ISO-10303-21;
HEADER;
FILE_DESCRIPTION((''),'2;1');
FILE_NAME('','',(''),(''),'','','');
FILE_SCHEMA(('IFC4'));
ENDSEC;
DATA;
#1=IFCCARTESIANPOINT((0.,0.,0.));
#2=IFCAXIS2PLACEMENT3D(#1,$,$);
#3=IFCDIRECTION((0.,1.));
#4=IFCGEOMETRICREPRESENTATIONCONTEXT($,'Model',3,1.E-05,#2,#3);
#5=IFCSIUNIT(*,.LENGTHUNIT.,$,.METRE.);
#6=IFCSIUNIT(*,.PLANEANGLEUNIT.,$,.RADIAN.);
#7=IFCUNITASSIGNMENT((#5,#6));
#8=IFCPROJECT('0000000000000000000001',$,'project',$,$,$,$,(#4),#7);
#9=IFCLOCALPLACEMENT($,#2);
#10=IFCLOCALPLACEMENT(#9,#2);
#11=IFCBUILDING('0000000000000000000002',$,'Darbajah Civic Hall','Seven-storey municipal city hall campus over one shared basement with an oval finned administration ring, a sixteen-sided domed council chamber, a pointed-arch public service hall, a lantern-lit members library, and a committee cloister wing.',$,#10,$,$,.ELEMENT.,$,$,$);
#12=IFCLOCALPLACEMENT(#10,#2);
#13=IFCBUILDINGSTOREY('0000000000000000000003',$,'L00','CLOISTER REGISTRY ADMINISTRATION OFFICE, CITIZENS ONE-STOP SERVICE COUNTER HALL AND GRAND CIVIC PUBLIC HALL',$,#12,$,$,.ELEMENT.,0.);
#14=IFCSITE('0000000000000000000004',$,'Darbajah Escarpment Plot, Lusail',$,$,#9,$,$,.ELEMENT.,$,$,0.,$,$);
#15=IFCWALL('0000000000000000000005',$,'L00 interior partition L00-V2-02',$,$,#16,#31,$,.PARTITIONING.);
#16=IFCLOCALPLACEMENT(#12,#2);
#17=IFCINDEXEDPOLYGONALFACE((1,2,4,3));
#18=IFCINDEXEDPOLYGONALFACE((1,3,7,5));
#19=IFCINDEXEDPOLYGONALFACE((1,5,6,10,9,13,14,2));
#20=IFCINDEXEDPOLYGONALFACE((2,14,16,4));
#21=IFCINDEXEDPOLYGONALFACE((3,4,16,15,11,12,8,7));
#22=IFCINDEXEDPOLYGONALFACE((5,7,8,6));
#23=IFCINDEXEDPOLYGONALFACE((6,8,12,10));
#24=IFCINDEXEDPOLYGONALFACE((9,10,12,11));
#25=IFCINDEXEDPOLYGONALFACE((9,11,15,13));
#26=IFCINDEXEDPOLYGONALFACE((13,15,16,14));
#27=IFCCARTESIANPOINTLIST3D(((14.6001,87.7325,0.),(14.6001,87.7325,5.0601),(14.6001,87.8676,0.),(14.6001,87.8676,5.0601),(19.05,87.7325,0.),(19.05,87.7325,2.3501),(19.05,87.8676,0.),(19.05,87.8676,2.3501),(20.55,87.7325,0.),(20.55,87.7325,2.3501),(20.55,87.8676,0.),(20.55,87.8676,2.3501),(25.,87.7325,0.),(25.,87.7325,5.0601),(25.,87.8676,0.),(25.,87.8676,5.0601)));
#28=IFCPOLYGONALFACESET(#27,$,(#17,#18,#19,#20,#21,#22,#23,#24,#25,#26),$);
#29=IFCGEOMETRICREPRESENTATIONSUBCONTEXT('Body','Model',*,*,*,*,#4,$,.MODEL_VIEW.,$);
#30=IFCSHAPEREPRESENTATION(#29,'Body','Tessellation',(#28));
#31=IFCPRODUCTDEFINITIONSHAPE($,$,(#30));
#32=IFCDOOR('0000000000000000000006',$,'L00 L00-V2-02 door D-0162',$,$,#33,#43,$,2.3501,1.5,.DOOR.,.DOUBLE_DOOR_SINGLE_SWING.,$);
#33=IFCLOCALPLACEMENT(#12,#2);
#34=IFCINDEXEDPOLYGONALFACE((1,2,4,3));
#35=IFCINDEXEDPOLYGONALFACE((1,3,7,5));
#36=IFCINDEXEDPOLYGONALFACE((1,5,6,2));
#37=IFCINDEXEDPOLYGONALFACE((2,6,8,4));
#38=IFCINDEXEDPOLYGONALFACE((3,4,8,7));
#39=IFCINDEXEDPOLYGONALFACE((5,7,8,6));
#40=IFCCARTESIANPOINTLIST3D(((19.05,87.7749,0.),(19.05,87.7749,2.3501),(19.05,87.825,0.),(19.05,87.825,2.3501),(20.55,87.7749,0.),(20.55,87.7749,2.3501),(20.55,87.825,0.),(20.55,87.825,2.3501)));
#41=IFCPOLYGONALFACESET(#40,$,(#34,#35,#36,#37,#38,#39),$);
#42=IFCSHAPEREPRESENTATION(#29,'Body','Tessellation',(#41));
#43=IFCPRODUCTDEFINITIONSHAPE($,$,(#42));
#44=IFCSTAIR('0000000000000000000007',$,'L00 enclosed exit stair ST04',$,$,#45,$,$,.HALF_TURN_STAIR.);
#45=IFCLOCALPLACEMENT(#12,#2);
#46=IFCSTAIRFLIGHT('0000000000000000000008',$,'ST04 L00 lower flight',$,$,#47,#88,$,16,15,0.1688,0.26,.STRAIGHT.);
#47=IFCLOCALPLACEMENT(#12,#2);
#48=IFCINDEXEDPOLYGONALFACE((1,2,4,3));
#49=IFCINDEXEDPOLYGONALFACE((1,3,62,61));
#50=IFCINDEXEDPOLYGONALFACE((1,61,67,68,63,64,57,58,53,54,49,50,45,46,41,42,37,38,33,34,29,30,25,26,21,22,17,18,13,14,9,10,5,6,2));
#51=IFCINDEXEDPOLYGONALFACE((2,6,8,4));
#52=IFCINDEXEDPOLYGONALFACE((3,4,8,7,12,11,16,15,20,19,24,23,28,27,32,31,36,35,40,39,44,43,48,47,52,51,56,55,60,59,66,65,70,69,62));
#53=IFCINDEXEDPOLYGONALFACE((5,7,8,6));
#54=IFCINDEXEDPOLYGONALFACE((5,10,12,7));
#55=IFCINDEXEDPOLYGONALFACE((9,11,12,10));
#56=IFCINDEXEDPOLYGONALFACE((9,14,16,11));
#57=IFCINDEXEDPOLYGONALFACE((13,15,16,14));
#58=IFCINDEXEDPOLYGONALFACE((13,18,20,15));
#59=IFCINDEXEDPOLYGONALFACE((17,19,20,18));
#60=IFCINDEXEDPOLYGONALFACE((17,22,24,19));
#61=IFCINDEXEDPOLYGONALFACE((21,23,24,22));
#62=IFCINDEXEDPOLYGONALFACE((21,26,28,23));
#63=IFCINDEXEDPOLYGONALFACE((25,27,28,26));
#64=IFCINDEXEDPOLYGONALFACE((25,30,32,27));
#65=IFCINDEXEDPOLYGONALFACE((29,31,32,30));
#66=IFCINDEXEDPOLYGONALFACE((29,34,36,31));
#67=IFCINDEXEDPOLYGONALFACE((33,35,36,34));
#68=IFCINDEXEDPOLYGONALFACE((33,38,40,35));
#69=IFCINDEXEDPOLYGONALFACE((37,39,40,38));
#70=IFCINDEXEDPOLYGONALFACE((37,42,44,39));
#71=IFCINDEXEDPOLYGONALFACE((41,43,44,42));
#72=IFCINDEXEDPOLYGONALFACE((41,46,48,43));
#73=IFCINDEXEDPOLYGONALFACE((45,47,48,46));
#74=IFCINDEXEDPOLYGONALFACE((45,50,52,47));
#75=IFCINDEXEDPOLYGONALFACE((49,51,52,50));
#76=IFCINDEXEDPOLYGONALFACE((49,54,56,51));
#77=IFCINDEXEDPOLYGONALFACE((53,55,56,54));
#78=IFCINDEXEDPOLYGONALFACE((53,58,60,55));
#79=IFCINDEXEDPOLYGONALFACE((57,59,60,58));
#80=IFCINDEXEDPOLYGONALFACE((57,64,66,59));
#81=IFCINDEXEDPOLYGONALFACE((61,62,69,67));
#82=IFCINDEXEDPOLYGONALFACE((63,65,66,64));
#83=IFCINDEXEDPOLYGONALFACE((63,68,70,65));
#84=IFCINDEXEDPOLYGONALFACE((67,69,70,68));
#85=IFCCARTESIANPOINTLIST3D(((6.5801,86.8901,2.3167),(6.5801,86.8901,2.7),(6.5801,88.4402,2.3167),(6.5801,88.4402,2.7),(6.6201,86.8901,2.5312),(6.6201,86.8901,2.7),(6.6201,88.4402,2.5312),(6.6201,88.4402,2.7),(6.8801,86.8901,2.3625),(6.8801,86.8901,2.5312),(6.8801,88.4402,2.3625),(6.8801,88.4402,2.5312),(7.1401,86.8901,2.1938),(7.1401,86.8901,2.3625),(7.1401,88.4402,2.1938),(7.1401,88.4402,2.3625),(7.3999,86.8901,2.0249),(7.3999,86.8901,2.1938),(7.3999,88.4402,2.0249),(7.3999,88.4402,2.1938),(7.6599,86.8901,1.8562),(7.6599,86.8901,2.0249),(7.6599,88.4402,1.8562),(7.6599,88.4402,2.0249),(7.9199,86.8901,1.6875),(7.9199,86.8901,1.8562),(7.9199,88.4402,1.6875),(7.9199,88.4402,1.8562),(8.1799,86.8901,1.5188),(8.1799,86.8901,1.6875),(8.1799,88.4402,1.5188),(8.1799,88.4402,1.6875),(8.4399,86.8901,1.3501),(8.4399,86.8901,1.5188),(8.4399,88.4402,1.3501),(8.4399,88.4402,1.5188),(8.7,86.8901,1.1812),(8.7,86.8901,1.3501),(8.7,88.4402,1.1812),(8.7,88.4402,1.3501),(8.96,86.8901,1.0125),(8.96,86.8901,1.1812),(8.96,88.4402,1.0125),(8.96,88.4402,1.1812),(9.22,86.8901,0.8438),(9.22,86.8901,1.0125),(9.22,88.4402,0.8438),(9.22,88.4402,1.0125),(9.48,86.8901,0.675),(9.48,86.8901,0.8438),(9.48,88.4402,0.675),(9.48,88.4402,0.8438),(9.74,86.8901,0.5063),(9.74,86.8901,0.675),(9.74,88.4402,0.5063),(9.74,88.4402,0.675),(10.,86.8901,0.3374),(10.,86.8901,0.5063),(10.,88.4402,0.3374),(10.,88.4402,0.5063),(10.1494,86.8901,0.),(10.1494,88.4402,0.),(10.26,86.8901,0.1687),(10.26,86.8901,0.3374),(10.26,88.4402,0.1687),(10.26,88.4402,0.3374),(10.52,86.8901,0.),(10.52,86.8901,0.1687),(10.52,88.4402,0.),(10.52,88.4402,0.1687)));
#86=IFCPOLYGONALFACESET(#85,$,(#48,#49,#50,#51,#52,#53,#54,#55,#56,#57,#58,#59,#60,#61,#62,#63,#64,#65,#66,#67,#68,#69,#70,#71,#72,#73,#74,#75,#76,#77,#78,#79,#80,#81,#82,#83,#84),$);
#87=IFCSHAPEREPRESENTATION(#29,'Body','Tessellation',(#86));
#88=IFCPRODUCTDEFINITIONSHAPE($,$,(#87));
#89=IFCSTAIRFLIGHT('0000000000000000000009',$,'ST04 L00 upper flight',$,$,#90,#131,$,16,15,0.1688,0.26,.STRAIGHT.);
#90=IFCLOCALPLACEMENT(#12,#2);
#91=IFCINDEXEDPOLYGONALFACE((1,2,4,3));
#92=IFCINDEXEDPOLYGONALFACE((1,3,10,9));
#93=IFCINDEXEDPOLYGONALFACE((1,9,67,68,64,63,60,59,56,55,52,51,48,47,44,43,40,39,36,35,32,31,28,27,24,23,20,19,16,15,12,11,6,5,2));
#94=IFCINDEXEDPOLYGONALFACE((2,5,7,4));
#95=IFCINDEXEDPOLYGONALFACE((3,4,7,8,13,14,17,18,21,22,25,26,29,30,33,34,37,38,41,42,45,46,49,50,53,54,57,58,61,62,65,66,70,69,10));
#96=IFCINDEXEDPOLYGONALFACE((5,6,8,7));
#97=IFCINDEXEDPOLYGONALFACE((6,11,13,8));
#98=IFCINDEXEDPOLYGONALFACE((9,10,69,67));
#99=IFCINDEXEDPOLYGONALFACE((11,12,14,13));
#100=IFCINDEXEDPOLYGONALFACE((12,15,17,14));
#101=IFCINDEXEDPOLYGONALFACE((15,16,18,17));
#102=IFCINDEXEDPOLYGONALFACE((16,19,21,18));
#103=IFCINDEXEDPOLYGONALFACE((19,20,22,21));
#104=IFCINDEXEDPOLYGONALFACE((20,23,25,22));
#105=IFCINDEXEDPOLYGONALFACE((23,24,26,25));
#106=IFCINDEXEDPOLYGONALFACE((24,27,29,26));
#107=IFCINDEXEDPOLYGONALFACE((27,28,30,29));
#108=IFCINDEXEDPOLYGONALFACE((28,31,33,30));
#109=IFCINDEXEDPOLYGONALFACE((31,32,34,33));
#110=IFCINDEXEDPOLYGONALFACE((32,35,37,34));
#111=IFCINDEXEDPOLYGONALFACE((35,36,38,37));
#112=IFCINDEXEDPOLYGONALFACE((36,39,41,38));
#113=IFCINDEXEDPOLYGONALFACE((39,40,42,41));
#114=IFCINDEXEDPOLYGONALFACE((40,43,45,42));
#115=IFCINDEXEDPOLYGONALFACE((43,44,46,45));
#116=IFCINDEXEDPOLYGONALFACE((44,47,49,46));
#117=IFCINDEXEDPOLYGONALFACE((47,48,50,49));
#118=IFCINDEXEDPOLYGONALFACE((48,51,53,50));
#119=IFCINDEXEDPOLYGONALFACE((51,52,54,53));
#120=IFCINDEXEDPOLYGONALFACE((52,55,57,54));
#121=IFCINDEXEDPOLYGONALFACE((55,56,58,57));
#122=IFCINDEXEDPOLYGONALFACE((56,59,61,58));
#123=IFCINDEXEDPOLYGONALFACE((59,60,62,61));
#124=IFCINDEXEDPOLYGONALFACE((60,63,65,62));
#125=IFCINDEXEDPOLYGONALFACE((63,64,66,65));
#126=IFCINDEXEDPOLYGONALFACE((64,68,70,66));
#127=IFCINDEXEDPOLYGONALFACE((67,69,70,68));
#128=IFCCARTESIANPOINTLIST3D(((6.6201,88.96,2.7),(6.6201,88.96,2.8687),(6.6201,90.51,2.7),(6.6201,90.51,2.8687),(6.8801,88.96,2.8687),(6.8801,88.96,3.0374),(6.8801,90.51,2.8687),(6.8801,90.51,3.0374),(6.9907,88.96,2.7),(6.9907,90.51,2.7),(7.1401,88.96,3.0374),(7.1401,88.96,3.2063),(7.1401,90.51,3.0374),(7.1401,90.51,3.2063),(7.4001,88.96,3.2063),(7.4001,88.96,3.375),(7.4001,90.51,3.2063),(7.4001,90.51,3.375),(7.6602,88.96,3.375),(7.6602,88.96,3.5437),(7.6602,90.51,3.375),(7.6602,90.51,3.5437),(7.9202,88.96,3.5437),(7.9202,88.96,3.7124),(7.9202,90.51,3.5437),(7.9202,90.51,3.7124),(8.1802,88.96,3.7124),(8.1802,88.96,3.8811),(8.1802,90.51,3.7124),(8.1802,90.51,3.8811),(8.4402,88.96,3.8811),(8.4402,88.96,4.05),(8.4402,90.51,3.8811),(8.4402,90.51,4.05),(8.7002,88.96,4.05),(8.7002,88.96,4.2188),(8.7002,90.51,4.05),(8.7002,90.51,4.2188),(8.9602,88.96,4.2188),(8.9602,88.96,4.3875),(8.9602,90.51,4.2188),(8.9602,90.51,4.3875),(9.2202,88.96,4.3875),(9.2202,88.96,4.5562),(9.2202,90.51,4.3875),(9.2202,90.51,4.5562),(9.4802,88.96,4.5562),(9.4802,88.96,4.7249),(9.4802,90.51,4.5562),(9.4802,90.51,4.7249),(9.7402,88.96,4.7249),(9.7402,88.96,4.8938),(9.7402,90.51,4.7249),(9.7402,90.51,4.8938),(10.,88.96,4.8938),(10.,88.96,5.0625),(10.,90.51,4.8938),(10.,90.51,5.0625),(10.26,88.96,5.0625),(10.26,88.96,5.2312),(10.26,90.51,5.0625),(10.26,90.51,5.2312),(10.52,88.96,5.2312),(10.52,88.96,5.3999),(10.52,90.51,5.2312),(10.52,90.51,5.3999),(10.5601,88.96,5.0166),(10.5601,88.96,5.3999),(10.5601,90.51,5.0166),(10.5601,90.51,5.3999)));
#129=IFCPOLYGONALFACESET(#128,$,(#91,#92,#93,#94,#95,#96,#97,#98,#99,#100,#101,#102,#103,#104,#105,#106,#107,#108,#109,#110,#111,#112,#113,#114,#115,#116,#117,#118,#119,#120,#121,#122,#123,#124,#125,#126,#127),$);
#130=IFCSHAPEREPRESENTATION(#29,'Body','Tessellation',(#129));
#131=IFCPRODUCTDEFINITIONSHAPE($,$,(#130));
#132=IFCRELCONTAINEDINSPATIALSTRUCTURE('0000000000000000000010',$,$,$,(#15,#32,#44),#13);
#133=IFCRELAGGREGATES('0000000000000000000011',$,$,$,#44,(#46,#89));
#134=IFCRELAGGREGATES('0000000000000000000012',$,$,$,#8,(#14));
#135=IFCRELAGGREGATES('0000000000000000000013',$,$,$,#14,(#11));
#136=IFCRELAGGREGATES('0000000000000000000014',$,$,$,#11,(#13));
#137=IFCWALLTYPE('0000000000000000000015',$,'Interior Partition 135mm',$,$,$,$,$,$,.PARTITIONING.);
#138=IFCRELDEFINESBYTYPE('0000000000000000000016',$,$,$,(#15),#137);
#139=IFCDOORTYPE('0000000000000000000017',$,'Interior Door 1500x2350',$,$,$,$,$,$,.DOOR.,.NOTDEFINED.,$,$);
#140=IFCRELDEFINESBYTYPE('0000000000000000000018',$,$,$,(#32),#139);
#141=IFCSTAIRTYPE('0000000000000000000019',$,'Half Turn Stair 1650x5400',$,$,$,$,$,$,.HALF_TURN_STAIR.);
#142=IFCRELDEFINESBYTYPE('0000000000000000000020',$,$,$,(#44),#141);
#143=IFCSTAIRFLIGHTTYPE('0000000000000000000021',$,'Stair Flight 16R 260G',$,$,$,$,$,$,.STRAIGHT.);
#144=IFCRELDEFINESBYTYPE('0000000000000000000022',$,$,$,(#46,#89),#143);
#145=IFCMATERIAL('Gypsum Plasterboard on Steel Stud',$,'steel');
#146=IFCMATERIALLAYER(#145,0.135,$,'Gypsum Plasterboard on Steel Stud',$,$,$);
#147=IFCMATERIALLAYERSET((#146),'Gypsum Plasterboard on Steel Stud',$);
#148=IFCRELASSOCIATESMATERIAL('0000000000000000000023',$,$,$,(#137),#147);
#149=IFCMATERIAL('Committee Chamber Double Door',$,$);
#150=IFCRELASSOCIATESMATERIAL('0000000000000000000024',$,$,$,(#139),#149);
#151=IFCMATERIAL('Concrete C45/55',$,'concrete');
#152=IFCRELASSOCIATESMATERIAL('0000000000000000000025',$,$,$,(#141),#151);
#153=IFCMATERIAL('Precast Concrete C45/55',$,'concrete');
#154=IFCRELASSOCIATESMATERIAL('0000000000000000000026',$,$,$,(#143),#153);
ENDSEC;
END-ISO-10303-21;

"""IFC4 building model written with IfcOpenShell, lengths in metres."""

from ifc_helpers import new_model, si_unit, direction, frame, frame_2d, origin, place, context, subcontext, project, spatial, polyline, rectangle, outline, extrude, material, layer, layer_set, type_object, element, fill, aggregate, save


model = new_model("IFC4")

# Units and contexts
model_context = context("Model", 3, precision=1e-05, world=origin(), true_north=direction((0.0, 1.0)))
body_context = subcontext(model_context, "Body", "Model", "MODEL_VIEW")
ifc_project = project(units=[si_unit("LENGTHUNIT", "METRE"), si_unit("PLANEANGLEUNIT", "RADIAN")], contexts=[model_context])

# Site, building, storey
site_placement = place(None, origin())
site = spatial("IfcSite", under=ifc_project, at=site_placement, Name="Darbajah Escarpment Plot, Lusail", CompositionType="ELEMENT", RefElevation=0.0)
building_placement = place(site_placement, origin())
building = spatial("IfcBuilding", under=site, at=building_placement, Name="Darbajah Civic Hall", Description="Seven-storey municipal city hall campus over one shared basement with an oval finned administration ring, a sixteen-sided domed council chamber, a pointed-arch public service hall, a lantern-lit members library, and a committee cloister wing.", CompositionType="ELEMENT")
storey_placement = place(building_placement, origin())
storey = spatial("IfcBuildingStorey", under=building, at=storey_placement, Name="L00", Description="CLOISTER REGISTRY ADMINISTRATION OFFICE, CITIZENS ONE-STOP SERVICE COUNTER HALL AND GRAND CIVIC PUBLIC HALL", CompositionType="ELEMENT", Elevation=0.0)

# Shared definitions
ifc_material_1 = material(Name="Concrete C45/55", Category="concrete")

# Wall, opening, door
ifc_material_2 = material(Name="Gypsum Plasterboard on Steel Stud", Category="steel")
ifc_layer_1 = layer(ifc_material_2, 0.135, Name="Gypsum Plasterboard on Steel Stud")
ifc_layer_set_1 = layer_set([ifc_layer_1], Name="Gypsum Plasterboard on Steel Stud")
wall_type_1 = type_object("IfcWallType", Name="Interior Partition 135mm", PredefinedType="PARTITIONING", material=ifc_layer_set_1)
wall_1_placement = place(storey_placement, frame((14.6001, 87.8, 0.0), z_axis=(0.0, 0.0, 1.0), x_axis=(1.0, 0.0, 0.0)))
wall_1 = element("IfcWall", 1, at=wall_1_placement, inside=storey, type_object=wall_type_1, Name="L00 interior partition L00-V2-02", PredefinedType="PARTITIONING", context=body_context, shape_type="SweptSolid", body=[
    extrude(rectangle(XDim=10.3999, YDim=0.135, at=frame_2d((5.2, 0.0))), origin(), (0.0, 0.0, 1.0), 5.0601),
])
opening_1_placement = place(wall_1_placement, frame((4.45, 0.0, 0.0)))
opening_1 = element("IfcOpeningElement", 2, at=opening_1_placement, cuts=wall_1, PredefinedType="OPENING", context=body_context, shape_type="SweptSolid", body=[
    extrude(rectangle(XDim=1.5, YDim=2.3501, at=frame_2d((0.75, 1.175))), frame((0.0, 0.0774, 0.0), z_axis=(0.0, -1.0, 0.0), x_axis=(1.0, 0.0, 0.0)), (0.0, 0.0, 1.0), 0.155),
])
ifc_material_3 = material(Name="Committee Chamber Double Door")
door_type_1 = type_object("IfcDoorType", Name="Interior Door 1500x2350", OperationType="NOTDEFINED", PredefinedType="DOOR", material=ifc_material_3)
door_1_placement = place(opening_1_placement, origin())
door_1 = element("IfcDoor", 3, at=door_1_placement, inside=storey, type_object=door_type_1, Name="L00 L00-V2-02 door D-0162", OperationType="DOUBLE_DOOR_SINGLE_SWING", OverallHeight=2.3501, OverallWidth=1.5, PredefinedType="DOOR", context=body_context, shape_type="SweptSolid", body=[
    extrude(rectangle(XDim=1.5, YDim=2.3501, at=frame_2d((0.75, 1.175))), frame((0.0, 0.0249, 0.0), z_axis=(0.0, -1.0, 0.0), x_axis=(1.0, 0.0, 0.0)), (0.0, 0.0, 1.0), 0.05),
])
fill(opening_1, door_1)

# Stair, stair flights
stair_type = type_object("IfcStairType", Name="Half Turn Stair 1650x5400", PredefinedType="HALF_TURN_STAIR", material=ifc_material_1)
stair_placement = place(storey_placement, origin())
stair = element("IfcStair", 4, at=stair_placement, inside=storey, type_object=stair_type, Name="L00 enclosed exit stair ST04", PredefinedType="HALF_TURN_STAIR")
ifc_material_4 = material(Name="Precast Concrete C45/55", Category="concrete")
stair_flight_type = type_object("IfcStairFlightType", Name="Stair Flight 16R 260G", PredefinedType="STRAIGHT", material=ifc_material_4)
stair_flight_1_placement = place(storey_placement, frame((10.52, 87.665, 0.0), z_axis=(0.0, 0.0, 1.0), x_axis=(-1.0, 0.0, 0.0)))
stair_flight_1 = element("IfcStairFlight", 5, at=stair_flight_1_placement, type_object=stair_flight_type, Name="ST04 L00 lower flight", NumberOfRisers=16, NumberOfTreads=15, PredefinedType="STRAIGHT", RiserHeight=0.1688, TreadLength=0.26, context=body_context, shape_type="SweptSolid", body=[
    extrude(outline(polyline([(0.0, 0.0), (0.0, 0.1687), (0.26, 0.1687), (0.26, 0.3374), (0.52, 0.3374), (0.52, 0.5063), (0.78, 0.5063), (0.78, 0.675), (1.04, 0.675), (1.04, 0.8438), (1.3, 0.8438), (1.3, 1.0125), (1.5601, 1.0125), (1.5601, 1.1812), (1.8201, 1.1812), (1.8201, 1.3501), (2.0801, 1.3501), (2.0801, 1.5188), (2.3401, 1.5188), (2.3401, 1.6875), (2.6001, 1.6875), (2.6001, 1.8562), (2.8601, 1.8562), (2.8601, 2.0249), (3.1201, 2.0249), (3.1201, 2.1938), (3.3799, 2.1938), (3.3799, 2.3625), (3.6399, 2.3625), (3.6399, 2.5312), (3.8999, 2.5312), (3.8999, 2.7), (3.9399, 2.7), (3.9399, 2.3167), (0.3706, 0.0), (0.0, 0.0)])), frame((0.0, 0.7749, 0.0), z_axis=(0.0, -1.0, 0.0), x_axis=(1.0, 0.0, 0.0)), (0.0, 0.0, 1.0), 1.55),
])
stair_flight_2_placement = place(storey_placement, frame((6.6201, 89.7351, 2.7), z_axis=(0.0, 0.0, 1.0), x_axis=(1.0, 0.0, 0.0)))
stair_flight_2 = element("IfcStairFlight", 6, at=stair_flight_2_placement, type_object=stair_flight_type, Name="ST04 L00 upper flight", NumberOfRisers=16, NumberOfTreads=15, PredefinedType="STRAIGHT", RiserHeight=0.1688, TreadLength=0.26, context=body_context, shape_type="SweptSolid", body=[
    extrude(outline(polyline([(0.0, 0.0), (0.0, 0.1687), (0.26, 0.1687), (0.26, 0.3374), (0.52, 0.3374), (0.52, 0.5063), (0.78, 0.5063), (0.78, 0.675), (1.04, 0.675), (1.04, 0.8438), (1.3, 0.8438), (1.3, 1.0125), (1.5601, 1.0125), (1.5601, 1.1812), (1.8201, 1.1812), (1.8201, 1.3501), (2.0801, 1.3501), (2.0801, 1.5188), (2.3401, 1.5188), (2.3401, 1.6875), (2.6001, 1.6875), (2.6001, 1.8562), (2.8601, 1.8562), (2.8601, 2.0249), (3.1201, 2.0249), (3.1201, 2.1938), (3.3799, 2.1938), (3.3799, 2.3625), (3.6399, 2.3625), (3.6399, 2.5312), (3.8999, 2.5312), (3.8999, 2.7), (3.9399, 2.7), (3.9399, 2.3167), (0.3706, 0.0), (0.0, 0.0)])), frame((0.0, 0.7749, 0.0), z_axis=(0.0, -1.0, 0.0), x_axis=(1.0, 0.0, 0.0)), (0.0, 0.0, 1.0), 1.55),
])
aggregate(stair, [stair_flight_1, stair_flight_2])

save(model, "model.ifc")
